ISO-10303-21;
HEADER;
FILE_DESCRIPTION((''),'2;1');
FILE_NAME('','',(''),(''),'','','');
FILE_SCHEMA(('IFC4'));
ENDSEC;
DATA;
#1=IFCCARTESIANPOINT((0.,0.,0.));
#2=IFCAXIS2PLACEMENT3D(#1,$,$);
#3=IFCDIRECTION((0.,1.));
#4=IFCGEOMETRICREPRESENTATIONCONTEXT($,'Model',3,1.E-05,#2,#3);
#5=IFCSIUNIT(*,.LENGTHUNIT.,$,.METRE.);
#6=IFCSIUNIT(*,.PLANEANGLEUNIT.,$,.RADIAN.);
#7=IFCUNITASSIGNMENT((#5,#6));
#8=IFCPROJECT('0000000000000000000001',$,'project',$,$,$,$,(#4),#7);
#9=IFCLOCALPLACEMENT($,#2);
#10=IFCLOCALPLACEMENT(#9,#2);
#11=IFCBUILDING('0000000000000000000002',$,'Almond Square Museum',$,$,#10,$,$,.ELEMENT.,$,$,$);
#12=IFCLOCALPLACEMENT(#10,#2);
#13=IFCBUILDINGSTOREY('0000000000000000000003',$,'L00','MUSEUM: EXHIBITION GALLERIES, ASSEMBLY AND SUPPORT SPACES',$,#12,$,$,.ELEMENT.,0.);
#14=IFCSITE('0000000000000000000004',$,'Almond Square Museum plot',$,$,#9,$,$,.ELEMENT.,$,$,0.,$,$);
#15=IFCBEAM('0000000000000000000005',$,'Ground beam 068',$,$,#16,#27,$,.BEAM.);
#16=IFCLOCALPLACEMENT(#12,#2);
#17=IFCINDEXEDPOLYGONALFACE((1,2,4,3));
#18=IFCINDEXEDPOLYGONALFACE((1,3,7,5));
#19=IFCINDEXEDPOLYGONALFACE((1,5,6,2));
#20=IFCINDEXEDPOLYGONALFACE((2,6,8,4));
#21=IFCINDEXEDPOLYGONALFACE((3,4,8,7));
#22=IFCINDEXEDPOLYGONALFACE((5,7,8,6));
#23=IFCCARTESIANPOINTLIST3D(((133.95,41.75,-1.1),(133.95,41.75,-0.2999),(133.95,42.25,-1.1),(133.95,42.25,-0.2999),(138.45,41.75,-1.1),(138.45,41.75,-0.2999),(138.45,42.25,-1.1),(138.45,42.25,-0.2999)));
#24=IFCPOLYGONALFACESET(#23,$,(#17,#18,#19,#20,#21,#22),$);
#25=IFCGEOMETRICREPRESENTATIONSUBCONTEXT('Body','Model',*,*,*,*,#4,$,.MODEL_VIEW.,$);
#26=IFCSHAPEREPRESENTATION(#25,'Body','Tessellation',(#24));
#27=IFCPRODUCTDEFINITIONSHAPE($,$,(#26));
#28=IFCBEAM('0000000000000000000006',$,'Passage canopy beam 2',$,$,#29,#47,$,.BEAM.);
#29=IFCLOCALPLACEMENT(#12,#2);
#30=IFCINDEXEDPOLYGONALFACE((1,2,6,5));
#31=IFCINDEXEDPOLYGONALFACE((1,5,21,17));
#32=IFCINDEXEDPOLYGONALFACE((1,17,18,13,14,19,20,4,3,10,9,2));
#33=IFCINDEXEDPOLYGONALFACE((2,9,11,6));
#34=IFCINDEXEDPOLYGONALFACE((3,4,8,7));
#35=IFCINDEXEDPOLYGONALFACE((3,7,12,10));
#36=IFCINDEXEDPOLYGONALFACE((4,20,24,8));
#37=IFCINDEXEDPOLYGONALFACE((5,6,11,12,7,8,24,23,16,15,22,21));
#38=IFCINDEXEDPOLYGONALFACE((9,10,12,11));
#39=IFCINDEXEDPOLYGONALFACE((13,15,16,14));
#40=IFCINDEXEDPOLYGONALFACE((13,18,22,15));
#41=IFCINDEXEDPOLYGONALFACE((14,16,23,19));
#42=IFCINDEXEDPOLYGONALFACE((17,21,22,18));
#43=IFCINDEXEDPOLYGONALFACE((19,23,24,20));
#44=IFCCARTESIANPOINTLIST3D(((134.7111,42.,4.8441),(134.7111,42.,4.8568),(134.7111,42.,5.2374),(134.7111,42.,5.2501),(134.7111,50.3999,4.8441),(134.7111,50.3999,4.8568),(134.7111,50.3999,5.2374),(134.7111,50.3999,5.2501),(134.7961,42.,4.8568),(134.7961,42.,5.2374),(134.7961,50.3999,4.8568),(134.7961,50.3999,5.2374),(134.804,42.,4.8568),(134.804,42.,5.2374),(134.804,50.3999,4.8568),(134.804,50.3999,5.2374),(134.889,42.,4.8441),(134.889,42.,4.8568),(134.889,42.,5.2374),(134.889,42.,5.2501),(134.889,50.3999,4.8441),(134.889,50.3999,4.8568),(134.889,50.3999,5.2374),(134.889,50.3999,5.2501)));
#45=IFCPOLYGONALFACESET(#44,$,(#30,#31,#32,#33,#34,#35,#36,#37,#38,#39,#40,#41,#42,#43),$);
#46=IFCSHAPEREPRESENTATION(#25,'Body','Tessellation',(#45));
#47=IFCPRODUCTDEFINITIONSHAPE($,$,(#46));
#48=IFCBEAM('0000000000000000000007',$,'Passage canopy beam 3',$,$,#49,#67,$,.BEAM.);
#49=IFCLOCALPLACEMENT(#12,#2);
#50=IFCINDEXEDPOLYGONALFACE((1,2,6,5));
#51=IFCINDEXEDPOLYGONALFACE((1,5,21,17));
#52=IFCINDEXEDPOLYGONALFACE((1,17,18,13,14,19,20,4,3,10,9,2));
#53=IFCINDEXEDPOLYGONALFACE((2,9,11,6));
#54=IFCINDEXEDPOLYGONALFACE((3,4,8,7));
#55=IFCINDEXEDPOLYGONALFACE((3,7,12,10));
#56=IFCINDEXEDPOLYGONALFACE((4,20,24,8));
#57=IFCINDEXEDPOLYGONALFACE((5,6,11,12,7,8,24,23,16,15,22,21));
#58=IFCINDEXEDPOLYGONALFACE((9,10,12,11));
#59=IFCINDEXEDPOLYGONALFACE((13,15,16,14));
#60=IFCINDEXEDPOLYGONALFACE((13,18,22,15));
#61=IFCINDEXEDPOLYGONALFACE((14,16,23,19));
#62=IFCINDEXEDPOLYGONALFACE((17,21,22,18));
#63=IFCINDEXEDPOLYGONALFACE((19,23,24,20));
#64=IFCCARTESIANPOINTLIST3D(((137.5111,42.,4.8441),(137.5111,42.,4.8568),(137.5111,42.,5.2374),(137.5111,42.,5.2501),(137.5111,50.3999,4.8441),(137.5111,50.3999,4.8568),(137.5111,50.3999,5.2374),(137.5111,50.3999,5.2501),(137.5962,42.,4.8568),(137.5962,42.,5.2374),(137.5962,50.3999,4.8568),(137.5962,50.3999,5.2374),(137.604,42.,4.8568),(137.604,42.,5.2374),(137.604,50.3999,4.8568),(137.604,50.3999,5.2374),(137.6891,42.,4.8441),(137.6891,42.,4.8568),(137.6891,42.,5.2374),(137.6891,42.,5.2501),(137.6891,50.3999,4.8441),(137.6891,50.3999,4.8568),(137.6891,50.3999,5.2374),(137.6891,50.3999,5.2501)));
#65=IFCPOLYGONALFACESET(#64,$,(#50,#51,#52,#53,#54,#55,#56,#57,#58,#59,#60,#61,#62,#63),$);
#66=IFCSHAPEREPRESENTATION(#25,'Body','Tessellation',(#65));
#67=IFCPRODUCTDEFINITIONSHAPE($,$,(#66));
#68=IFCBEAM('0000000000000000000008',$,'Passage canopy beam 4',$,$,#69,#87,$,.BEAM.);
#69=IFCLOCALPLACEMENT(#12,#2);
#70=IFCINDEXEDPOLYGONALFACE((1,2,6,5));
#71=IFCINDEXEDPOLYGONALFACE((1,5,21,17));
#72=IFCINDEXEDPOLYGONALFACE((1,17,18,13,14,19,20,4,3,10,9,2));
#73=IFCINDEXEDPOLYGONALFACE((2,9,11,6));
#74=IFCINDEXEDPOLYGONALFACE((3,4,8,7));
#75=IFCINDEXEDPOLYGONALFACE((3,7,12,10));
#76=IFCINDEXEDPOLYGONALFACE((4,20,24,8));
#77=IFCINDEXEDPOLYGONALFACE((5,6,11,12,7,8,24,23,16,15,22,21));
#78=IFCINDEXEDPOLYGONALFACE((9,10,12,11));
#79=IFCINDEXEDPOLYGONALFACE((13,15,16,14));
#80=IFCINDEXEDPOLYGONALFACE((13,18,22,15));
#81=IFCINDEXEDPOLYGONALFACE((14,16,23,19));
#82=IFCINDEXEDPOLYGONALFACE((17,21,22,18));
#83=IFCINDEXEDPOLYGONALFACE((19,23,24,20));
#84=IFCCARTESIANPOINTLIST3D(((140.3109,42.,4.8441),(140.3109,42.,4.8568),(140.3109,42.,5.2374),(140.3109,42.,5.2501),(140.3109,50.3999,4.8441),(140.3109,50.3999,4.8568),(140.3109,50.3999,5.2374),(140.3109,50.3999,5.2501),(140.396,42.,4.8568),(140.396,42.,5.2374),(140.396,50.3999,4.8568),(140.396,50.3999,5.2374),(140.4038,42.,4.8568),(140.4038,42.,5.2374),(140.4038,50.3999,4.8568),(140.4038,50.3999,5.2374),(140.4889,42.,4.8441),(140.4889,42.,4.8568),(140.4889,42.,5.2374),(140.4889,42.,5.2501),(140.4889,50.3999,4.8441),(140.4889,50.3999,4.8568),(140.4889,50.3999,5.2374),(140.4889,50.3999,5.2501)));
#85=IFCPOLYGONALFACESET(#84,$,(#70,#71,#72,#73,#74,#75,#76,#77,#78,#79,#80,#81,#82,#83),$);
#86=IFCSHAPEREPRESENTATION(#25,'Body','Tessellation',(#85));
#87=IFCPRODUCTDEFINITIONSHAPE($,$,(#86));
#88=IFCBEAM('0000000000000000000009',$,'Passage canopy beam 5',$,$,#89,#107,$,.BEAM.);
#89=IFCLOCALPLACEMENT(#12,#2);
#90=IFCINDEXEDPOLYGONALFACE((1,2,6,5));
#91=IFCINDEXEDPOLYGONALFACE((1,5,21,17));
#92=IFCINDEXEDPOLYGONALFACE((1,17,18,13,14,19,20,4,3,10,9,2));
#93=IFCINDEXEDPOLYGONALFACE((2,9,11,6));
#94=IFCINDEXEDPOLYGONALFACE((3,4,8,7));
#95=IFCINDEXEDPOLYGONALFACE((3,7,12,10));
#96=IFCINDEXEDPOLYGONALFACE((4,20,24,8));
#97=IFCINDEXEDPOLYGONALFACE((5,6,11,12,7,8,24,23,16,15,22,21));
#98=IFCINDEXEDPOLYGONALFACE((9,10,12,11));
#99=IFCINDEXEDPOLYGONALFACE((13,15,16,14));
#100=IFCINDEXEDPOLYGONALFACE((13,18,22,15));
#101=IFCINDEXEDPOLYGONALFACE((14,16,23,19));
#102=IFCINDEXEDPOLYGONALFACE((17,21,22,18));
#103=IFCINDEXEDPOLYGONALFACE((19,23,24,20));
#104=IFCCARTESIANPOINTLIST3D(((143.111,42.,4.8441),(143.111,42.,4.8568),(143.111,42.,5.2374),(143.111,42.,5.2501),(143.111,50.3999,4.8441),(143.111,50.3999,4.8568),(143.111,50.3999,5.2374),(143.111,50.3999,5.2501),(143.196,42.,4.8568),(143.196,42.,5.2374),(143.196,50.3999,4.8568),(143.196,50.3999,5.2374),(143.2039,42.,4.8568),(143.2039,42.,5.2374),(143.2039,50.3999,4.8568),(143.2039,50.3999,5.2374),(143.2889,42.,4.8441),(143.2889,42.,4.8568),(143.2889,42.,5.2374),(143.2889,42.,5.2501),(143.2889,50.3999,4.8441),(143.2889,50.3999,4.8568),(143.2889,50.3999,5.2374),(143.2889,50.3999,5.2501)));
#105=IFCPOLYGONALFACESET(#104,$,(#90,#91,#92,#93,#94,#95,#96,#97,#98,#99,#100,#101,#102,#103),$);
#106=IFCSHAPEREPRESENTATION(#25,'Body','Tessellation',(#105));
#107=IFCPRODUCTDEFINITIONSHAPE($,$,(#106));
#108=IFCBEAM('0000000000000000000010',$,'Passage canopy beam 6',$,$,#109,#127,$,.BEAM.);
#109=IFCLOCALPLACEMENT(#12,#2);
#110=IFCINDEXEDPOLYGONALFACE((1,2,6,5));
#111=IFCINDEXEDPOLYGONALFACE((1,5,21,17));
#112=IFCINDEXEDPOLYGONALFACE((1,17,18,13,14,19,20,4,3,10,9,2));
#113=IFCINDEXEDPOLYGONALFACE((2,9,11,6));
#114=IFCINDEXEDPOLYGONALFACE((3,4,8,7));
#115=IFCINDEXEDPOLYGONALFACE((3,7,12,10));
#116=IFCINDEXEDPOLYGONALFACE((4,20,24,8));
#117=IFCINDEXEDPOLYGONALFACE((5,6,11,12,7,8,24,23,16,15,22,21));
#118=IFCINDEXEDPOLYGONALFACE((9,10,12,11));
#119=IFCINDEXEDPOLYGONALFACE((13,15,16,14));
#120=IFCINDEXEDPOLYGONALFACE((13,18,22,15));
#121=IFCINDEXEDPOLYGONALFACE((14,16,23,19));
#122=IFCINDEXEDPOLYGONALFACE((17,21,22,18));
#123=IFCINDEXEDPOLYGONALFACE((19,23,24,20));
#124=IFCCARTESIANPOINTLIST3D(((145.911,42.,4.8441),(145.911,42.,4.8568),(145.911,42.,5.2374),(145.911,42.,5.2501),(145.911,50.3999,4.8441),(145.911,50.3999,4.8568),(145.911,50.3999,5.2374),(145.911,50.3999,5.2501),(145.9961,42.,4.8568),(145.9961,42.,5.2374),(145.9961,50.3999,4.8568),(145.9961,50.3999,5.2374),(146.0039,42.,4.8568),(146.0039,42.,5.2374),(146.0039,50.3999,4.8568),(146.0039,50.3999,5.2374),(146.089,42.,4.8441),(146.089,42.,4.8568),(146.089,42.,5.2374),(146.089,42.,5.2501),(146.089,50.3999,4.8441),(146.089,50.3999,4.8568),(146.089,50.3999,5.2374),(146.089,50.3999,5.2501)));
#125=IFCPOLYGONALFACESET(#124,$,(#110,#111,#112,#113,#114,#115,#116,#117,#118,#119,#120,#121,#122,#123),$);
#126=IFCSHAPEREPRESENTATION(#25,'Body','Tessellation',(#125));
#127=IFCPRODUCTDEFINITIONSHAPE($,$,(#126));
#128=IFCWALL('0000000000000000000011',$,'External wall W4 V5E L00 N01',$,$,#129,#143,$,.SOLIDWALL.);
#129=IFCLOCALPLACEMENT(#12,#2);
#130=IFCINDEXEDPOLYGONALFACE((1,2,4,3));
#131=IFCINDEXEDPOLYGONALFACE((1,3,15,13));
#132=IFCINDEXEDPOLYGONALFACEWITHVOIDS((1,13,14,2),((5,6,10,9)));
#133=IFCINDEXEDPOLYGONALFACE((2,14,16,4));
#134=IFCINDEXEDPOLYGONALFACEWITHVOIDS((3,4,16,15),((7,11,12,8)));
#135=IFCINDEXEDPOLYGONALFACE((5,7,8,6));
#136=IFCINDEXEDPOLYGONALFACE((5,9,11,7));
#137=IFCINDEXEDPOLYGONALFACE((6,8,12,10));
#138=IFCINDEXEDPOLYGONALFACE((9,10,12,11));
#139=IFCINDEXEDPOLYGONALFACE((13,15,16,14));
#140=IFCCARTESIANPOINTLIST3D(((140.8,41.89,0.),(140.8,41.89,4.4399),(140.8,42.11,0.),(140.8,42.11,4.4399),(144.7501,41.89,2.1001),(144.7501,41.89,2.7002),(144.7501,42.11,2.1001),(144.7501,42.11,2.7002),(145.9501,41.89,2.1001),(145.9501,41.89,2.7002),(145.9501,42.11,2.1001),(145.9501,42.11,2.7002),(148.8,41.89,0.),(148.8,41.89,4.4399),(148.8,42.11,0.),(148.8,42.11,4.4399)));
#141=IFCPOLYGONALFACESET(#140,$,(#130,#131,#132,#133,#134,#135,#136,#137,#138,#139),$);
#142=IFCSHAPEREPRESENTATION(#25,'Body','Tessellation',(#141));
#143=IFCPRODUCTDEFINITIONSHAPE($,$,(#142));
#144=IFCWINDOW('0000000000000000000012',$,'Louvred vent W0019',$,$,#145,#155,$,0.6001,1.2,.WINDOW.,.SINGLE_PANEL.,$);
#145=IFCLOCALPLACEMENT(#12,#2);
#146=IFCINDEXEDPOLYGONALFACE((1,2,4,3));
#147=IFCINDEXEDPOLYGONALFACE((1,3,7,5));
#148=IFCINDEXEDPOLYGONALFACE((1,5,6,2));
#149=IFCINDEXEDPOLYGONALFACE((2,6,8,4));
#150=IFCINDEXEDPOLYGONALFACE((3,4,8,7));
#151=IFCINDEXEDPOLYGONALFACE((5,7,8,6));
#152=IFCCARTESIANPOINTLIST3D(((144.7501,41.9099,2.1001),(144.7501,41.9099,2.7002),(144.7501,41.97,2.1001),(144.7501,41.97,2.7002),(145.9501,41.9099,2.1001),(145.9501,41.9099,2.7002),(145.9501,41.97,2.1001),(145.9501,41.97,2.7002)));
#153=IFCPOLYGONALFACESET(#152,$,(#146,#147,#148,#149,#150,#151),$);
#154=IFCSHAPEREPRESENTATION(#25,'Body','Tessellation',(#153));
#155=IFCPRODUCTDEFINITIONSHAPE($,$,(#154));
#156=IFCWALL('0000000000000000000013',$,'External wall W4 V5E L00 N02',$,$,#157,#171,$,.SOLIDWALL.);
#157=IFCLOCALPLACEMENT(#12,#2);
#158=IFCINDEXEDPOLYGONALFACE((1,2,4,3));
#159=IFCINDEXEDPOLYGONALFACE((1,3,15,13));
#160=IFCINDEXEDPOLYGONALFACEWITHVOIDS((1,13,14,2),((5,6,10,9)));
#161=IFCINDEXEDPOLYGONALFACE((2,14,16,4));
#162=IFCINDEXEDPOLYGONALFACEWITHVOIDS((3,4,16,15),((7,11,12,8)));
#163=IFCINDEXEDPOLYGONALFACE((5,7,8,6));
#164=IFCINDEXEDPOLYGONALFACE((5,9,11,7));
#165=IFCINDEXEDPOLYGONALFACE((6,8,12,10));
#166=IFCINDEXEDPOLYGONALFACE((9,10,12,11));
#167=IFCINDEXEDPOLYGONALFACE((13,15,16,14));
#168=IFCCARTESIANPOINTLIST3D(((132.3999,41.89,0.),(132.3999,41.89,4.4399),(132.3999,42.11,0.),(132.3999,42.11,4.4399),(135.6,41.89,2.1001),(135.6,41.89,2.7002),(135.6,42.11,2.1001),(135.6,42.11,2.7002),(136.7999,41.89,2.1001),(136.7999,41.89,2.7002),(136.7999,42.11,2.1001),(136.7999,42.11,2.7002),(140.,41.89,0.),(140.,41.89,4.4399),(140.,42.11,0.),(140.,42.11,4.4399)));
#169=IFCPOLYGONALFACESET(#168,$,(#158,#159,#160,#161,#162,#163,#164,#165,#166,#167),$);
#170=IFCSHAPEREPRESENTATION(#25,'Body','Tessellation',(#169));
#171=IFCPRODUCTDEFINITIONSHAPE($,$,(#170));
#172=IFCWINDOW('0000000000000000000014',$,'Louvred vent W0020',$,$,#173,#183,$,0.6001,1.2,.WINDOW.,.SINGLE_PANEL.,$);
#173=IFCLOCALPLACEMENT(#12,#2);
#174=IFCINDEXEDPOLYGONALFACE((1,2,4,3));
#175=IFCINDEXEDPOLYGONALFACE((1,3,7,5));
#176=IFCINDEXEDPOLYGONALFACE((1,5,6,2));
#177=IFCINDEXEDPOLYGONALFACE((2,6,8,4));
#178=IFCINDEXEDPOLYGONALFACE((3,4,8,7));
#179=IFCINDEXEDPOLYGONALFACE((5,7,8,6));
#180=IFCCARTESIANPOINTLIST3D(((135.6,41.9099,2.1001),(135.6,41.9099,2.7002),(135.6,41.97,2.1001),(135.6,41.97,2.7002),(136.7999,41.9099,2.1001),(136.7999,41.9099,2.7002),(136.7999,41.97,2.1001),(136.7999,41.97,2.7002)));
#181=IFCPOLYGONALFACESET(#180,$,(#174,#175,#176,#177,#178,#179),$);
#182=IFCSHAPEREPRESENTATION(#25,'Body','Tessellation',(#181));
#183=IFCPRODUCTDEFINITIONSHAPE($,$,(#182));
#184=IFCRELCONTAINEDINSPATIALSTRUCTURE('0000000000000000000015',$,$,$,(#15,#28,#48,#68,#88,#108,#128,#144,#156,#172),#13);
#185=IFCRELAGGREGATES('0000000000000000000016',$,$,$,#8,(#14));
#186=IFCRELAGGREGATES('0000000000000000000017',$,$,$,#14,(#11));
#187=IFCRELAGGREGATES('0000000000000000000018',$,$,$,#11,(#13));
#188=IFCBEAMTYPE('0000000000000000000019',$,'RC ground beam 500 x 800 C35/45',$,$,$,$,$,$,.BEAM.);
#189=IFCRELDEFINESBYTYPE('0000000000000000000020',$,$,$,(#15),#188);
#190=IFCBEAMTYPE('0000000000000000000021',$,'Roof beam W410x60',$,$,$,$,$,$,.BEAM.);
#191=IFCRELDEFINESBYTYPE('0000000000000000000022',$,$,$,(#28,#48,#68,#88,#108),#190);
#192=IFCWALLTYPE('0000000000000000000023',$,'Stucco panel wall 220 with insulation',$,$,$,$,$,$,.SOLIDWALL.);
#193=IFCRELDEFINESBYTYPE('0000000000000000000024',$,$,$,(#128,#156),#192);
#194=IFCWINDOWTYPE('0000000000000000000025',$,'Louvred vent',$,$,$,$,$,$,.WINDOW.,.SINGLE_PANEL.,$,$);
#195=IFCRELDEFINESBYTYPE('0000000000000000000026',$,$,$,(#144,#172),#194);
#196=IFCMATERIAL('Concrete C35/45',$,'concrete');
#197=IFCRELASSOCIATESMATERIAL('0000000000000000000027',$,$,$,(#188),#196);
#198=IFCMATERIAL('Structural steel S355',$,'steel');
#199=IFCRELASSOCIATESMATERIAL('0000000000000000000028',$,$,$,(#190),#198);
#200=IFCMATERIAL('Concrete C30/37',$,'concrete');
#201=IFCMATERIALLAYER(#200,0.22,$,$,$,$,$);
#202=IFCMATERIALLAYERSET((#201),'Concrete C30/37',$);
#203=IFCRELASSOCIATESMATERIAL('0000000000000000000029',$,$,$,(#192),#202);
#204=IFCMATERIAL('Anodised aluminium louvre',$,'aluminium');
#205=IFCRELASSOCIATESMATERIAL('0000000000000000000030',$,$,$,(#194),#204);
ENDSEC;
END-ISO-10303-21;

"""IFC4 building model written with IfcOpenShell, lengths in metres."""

from ifc_helpers import new_model, si_unit, direction, frame, frame_2d, origin, origin_2d, place, context, subcontext, project, spatial, rectangle, i_section, extrude, material, layer, layer_set, material_profile, profile_set, type_object, element, fill, save


model = new_model("IFC4")

# Units and contexts
model_context = context("Model", 3, precision=1e-05, world=origin(), true_north=direction((0.0, 1.0)))
body_context = subcontext(model_context, "Body", "Model", "MODEL_VIEW")
ifc_project = project(units=[si_unit("LENGTHUNIT", "METRE"), si_unit("PLANEANGLEUNIT", "RADIAN")], contexts=[model_context])

# Site, building, storey
site_placement = place(None, origin())
site = spatial("IfcSite", under=ifc_project, at=site_placement, Name="Almond Square Museum plot", CompositionType="ELEMENT", RefElevation=0.0)
building_placement = place(site_placement, origin())
building = spatial("IfcBuilding", under=site, at=building_placement, Name="Almond Square Museum", CompositionType="ELEMENT")
storey_placement = place(building_placement, origin())
storey = spatial("IfcBuildingStorey", under=building, at=storey_placement, Name="L00", Description="MUSEUM: EXHIBITION GALLERIES, ASSEMBLY AND SUPPORT SPACES", CompositionType="ELEMENT", Elevation=0.0)

# Beams
ifc_material_1 = material(Name="Concrete C35/45", Category="concrete")
ifc_material_profile_1 = material_profile(ifc_material_1, rectangle(XDim=0.5, YDim=0.8, at=origin_2d()))
ifc_profile_set_1 = profile_set([ifc_material_profile_1], Name="Concrete C35/45")
beam_type_1 = type_object("IfcBeamType", Name="RC ground beam 500 x 800 C35/45", PredefinedType="BEAM", material=ifc_profile_set_1)
beam_placement = place(storey_placement, frame((133.95, 42.0, -0.7), z_axis=(1.0, 0.0, 0.0), x_axis=(0.0, 1.0, 0.0)))
element("IfcBeam", 1, at=beam_placement, inside=storey, type_object=beam_type_1, Name="Ground beam 068", PredefinedType="BEAM", context=body_context, shape_type="SweptSolid", body=[
    extrude(rectangle(XDim=0.5, YDim=0.8, at=origin_2d()), origin(), (0.0, 0.0, 1.0), 4.5),
])
ifc_material_2 = material(Name="Structural steel S355", Category="steel")
ifc_material_profile_2 = material_profile(ifc_material_2, i_section(OverallWidth=0.178, OverallDepth=0.406, WebThickness=0.0078, FlangeThickness=0.0127, at=origin_2d()))
ifc_profile_set_2 = profile_set([ifc_material_profile_2], Name="Structural steel S355")
beam_type_2 = type_object("IfcBeamType", Name="Roof beam W410x60", PredefinedType="BEAM", material=ifc_profile_set_2)
for number, where, z_axis, x_axis, name in (
    (2, (134.8, 42.0, 5.0471), (0.0, 1.0, 0.0), (-1.0, 0.0, 0.0), "Passage canopy beam 2"),
    (3, (137.6001, 42.0, 5.0471), (0.0, 1.0, 0.0), (-1.0, 0.0, 0.0), "Passage canopy beam 3"),
    (4, (140.3999, 42.0, 5.0471), (0.0, 1.0, 0.0), (-1.0, 0.0, 0.0), "Passage canopy beam 4"),
    (5, (143.2, 42.0, 5.0471), (0.0, 1.0, 0.0), (-1.0, 0.0, 0.0), "Passage canopy beam 5"),
    (6, (146.0, 42.0, 5.0471), (0.0, 1.0, 0.0), (-1.0, 0.0, 0.0), "Passage canopy beam 6"),
):
    element("IfcBeam", number, at=place(storey_placement, frame(where, z_axis=z_axis, x_axis=x_axis)), inside=storey, type_object=beam_type_2, Name=name, PredefinedType="BEAM", context=body_context, shape_type="SweptSolid", body=[
        extrude(i_section(OverallWidth=0.178, OverallDepth=0.406, WebThickness=0.0078, FlangeThickness=0.0127, at=origin_2d()), origin(), (0.0, 0.0, 1.0), 8.3999),
    ])

# Walls, openings, windows
ifc_material_3 = material(Name="Concrete C30/37", Category="concrete")
ifc_layer = layer(ifc_material_3, 0.22)
ifc_layer_set = layer_set([ifc_layer], Name="Concrete C30/37")
wall_type = type_object("IfcWallType", Name="Stucco panel wall 220 with insulation", PredefinedType="SOLIDWALL", material=ifc_layer_set)
wall_1_placement = place(storey_placement, frame((140.8, 42.0, 0.0), z_axis=(0.0, 0.0, 1.0), x_axis=(1.0, 0.0, 0.0)))
wall_1 = element("IfcWall", 7, at=wall_1_placement, inside=storey, type_object=wall_type, Name="External wall W4 V5E L00 N01", PredefinedType="SOLIDWALL", context=body_context, shape_type="SweptSolid", body=[
    extrude(rectangle(XDim=8.0, YDim=0.22, at=frame_2d((4.0, 0.0))), origin(), (0.0, 0.0, 1.0), 4.4399),
])
opening_1_placement = place(wall_1_placement, frame((3.95, 0.0, 2.1001)))
opening_1 = element("IfcOpeningElement", 8, at=opening_1_placement, cuts=wall_1, PredefinedType="OPENING", context=body_context, shape_type="SweptSolid", body=[
    extrude(rectangle(XDim=1.2, YDim=0.6001, at=frame_2d((0.6001, 0.3))), frame((0.0, 0.1199, 0.0), z_axis=(0.0, -1.0, 0.0), x_axis=(1.0, 0.0, 0.0)), (0.0, 0.0, 1.0), 0.24),
])
ifc_material_4 = material(Name="Anodised aluminium louvre", Category="aluminium")
window_type = type_object("IfcWindowType", Name="Louvred vent", PartitioningType="SINGLE_PANEL", PredefinedType="WINDOW", material=ifc_material_4)
window_1_placement = place(opening_1_placement, origin())
window_1 = element("IfcWindow", 9, at=window_1_placement, inside=storey, type_object=window_type, Name="Louvred vent W0019", OverallHeight=0.6001, OverallWidth=1.2, PartitioningType="SINGLE_PANEL", PredefinedType="WINDOW", context=body_context, shape_type="SweptSolid", body=[
    extrude(rectangle(XDim=1.2, YDim=0.6001, at=frame_2d((0.6001, 0.3))), frame((0.0, -0.03, 0.0), z_axis=(0.0, -1.0, 0.0), x_axis=(1.0, 0.0, 0.0)), (0.0, 0.0, 1.0), 0.0601),
])
fill(opening_1, window_1)
wall_2_placement = place(storey_placement, frame((132.3999, 42.0, 0.0), z_axis=(0.0, 0.0, 1.0), x_axis=(1.0, 0.0, 0.0)))
wall_2 = element("IfcWall", 10, at=wall_2_placement, inside=storey, type_object=wall_type, Name="External wall W4 V5E L00 N02", PredefinedType="SOLIDWALL", context=body_context, shape_type="SweptSolid", body=[
    extrude(rectangle(XDim=7.6001, YDim=0.22, at=frame_2d((3.8, 0.0))), origin(), (0.0, 0.0, 1.0), 4.4399),
])
opening_2_placement = place(wall_2_placement, frame((3.2, 0.0, 2.1001)))
opening_2 = element("IfcOpeningElement", 11, at=opening_2_placement, cuts=wall_2, PredefinedType="OPENING", context=body_context, shape_type="SweptSolid", body=[
    extrude(rectangle(XDim=1.2, YDim=0.6001, at=frame_2d((0.6001, 0.3))), frame((0.0, 0.1199, 0.0), z_axis=(0.0, -1.0, 0.0), x_axis=(1.0, 0.0, 0.0)), (0.0, 0.0, 1.0), 0.24),
])
window_2_placement = place(opening_2_placement, origin())
window_2 = element("IfcWindow", 12, at=window_2_placement, inside=storey, type_object=window_type, Name="Louvred vent W0020", OverallHeight=0.6001, OverallWidth=1.2, PartitioningType="SINGLE_PANEL", PredefinedType="WINDOW", context=body_context, shape_type="SweptSolid", body=[
    extrude(rectangle(XDim=1.2, YDim=0.6001, at=frame_2d((0.6001, 0.3))), frame((0.0, -0.03, 0.0), z_axis=(0.0, -1.0, 0.0), x_axis=(1.0, 0.0, 0.0)), (0.0, 0.0, 1.0), 0.0601),
])
fill(opening_2, window_2)

save(model, "model.ifc")
